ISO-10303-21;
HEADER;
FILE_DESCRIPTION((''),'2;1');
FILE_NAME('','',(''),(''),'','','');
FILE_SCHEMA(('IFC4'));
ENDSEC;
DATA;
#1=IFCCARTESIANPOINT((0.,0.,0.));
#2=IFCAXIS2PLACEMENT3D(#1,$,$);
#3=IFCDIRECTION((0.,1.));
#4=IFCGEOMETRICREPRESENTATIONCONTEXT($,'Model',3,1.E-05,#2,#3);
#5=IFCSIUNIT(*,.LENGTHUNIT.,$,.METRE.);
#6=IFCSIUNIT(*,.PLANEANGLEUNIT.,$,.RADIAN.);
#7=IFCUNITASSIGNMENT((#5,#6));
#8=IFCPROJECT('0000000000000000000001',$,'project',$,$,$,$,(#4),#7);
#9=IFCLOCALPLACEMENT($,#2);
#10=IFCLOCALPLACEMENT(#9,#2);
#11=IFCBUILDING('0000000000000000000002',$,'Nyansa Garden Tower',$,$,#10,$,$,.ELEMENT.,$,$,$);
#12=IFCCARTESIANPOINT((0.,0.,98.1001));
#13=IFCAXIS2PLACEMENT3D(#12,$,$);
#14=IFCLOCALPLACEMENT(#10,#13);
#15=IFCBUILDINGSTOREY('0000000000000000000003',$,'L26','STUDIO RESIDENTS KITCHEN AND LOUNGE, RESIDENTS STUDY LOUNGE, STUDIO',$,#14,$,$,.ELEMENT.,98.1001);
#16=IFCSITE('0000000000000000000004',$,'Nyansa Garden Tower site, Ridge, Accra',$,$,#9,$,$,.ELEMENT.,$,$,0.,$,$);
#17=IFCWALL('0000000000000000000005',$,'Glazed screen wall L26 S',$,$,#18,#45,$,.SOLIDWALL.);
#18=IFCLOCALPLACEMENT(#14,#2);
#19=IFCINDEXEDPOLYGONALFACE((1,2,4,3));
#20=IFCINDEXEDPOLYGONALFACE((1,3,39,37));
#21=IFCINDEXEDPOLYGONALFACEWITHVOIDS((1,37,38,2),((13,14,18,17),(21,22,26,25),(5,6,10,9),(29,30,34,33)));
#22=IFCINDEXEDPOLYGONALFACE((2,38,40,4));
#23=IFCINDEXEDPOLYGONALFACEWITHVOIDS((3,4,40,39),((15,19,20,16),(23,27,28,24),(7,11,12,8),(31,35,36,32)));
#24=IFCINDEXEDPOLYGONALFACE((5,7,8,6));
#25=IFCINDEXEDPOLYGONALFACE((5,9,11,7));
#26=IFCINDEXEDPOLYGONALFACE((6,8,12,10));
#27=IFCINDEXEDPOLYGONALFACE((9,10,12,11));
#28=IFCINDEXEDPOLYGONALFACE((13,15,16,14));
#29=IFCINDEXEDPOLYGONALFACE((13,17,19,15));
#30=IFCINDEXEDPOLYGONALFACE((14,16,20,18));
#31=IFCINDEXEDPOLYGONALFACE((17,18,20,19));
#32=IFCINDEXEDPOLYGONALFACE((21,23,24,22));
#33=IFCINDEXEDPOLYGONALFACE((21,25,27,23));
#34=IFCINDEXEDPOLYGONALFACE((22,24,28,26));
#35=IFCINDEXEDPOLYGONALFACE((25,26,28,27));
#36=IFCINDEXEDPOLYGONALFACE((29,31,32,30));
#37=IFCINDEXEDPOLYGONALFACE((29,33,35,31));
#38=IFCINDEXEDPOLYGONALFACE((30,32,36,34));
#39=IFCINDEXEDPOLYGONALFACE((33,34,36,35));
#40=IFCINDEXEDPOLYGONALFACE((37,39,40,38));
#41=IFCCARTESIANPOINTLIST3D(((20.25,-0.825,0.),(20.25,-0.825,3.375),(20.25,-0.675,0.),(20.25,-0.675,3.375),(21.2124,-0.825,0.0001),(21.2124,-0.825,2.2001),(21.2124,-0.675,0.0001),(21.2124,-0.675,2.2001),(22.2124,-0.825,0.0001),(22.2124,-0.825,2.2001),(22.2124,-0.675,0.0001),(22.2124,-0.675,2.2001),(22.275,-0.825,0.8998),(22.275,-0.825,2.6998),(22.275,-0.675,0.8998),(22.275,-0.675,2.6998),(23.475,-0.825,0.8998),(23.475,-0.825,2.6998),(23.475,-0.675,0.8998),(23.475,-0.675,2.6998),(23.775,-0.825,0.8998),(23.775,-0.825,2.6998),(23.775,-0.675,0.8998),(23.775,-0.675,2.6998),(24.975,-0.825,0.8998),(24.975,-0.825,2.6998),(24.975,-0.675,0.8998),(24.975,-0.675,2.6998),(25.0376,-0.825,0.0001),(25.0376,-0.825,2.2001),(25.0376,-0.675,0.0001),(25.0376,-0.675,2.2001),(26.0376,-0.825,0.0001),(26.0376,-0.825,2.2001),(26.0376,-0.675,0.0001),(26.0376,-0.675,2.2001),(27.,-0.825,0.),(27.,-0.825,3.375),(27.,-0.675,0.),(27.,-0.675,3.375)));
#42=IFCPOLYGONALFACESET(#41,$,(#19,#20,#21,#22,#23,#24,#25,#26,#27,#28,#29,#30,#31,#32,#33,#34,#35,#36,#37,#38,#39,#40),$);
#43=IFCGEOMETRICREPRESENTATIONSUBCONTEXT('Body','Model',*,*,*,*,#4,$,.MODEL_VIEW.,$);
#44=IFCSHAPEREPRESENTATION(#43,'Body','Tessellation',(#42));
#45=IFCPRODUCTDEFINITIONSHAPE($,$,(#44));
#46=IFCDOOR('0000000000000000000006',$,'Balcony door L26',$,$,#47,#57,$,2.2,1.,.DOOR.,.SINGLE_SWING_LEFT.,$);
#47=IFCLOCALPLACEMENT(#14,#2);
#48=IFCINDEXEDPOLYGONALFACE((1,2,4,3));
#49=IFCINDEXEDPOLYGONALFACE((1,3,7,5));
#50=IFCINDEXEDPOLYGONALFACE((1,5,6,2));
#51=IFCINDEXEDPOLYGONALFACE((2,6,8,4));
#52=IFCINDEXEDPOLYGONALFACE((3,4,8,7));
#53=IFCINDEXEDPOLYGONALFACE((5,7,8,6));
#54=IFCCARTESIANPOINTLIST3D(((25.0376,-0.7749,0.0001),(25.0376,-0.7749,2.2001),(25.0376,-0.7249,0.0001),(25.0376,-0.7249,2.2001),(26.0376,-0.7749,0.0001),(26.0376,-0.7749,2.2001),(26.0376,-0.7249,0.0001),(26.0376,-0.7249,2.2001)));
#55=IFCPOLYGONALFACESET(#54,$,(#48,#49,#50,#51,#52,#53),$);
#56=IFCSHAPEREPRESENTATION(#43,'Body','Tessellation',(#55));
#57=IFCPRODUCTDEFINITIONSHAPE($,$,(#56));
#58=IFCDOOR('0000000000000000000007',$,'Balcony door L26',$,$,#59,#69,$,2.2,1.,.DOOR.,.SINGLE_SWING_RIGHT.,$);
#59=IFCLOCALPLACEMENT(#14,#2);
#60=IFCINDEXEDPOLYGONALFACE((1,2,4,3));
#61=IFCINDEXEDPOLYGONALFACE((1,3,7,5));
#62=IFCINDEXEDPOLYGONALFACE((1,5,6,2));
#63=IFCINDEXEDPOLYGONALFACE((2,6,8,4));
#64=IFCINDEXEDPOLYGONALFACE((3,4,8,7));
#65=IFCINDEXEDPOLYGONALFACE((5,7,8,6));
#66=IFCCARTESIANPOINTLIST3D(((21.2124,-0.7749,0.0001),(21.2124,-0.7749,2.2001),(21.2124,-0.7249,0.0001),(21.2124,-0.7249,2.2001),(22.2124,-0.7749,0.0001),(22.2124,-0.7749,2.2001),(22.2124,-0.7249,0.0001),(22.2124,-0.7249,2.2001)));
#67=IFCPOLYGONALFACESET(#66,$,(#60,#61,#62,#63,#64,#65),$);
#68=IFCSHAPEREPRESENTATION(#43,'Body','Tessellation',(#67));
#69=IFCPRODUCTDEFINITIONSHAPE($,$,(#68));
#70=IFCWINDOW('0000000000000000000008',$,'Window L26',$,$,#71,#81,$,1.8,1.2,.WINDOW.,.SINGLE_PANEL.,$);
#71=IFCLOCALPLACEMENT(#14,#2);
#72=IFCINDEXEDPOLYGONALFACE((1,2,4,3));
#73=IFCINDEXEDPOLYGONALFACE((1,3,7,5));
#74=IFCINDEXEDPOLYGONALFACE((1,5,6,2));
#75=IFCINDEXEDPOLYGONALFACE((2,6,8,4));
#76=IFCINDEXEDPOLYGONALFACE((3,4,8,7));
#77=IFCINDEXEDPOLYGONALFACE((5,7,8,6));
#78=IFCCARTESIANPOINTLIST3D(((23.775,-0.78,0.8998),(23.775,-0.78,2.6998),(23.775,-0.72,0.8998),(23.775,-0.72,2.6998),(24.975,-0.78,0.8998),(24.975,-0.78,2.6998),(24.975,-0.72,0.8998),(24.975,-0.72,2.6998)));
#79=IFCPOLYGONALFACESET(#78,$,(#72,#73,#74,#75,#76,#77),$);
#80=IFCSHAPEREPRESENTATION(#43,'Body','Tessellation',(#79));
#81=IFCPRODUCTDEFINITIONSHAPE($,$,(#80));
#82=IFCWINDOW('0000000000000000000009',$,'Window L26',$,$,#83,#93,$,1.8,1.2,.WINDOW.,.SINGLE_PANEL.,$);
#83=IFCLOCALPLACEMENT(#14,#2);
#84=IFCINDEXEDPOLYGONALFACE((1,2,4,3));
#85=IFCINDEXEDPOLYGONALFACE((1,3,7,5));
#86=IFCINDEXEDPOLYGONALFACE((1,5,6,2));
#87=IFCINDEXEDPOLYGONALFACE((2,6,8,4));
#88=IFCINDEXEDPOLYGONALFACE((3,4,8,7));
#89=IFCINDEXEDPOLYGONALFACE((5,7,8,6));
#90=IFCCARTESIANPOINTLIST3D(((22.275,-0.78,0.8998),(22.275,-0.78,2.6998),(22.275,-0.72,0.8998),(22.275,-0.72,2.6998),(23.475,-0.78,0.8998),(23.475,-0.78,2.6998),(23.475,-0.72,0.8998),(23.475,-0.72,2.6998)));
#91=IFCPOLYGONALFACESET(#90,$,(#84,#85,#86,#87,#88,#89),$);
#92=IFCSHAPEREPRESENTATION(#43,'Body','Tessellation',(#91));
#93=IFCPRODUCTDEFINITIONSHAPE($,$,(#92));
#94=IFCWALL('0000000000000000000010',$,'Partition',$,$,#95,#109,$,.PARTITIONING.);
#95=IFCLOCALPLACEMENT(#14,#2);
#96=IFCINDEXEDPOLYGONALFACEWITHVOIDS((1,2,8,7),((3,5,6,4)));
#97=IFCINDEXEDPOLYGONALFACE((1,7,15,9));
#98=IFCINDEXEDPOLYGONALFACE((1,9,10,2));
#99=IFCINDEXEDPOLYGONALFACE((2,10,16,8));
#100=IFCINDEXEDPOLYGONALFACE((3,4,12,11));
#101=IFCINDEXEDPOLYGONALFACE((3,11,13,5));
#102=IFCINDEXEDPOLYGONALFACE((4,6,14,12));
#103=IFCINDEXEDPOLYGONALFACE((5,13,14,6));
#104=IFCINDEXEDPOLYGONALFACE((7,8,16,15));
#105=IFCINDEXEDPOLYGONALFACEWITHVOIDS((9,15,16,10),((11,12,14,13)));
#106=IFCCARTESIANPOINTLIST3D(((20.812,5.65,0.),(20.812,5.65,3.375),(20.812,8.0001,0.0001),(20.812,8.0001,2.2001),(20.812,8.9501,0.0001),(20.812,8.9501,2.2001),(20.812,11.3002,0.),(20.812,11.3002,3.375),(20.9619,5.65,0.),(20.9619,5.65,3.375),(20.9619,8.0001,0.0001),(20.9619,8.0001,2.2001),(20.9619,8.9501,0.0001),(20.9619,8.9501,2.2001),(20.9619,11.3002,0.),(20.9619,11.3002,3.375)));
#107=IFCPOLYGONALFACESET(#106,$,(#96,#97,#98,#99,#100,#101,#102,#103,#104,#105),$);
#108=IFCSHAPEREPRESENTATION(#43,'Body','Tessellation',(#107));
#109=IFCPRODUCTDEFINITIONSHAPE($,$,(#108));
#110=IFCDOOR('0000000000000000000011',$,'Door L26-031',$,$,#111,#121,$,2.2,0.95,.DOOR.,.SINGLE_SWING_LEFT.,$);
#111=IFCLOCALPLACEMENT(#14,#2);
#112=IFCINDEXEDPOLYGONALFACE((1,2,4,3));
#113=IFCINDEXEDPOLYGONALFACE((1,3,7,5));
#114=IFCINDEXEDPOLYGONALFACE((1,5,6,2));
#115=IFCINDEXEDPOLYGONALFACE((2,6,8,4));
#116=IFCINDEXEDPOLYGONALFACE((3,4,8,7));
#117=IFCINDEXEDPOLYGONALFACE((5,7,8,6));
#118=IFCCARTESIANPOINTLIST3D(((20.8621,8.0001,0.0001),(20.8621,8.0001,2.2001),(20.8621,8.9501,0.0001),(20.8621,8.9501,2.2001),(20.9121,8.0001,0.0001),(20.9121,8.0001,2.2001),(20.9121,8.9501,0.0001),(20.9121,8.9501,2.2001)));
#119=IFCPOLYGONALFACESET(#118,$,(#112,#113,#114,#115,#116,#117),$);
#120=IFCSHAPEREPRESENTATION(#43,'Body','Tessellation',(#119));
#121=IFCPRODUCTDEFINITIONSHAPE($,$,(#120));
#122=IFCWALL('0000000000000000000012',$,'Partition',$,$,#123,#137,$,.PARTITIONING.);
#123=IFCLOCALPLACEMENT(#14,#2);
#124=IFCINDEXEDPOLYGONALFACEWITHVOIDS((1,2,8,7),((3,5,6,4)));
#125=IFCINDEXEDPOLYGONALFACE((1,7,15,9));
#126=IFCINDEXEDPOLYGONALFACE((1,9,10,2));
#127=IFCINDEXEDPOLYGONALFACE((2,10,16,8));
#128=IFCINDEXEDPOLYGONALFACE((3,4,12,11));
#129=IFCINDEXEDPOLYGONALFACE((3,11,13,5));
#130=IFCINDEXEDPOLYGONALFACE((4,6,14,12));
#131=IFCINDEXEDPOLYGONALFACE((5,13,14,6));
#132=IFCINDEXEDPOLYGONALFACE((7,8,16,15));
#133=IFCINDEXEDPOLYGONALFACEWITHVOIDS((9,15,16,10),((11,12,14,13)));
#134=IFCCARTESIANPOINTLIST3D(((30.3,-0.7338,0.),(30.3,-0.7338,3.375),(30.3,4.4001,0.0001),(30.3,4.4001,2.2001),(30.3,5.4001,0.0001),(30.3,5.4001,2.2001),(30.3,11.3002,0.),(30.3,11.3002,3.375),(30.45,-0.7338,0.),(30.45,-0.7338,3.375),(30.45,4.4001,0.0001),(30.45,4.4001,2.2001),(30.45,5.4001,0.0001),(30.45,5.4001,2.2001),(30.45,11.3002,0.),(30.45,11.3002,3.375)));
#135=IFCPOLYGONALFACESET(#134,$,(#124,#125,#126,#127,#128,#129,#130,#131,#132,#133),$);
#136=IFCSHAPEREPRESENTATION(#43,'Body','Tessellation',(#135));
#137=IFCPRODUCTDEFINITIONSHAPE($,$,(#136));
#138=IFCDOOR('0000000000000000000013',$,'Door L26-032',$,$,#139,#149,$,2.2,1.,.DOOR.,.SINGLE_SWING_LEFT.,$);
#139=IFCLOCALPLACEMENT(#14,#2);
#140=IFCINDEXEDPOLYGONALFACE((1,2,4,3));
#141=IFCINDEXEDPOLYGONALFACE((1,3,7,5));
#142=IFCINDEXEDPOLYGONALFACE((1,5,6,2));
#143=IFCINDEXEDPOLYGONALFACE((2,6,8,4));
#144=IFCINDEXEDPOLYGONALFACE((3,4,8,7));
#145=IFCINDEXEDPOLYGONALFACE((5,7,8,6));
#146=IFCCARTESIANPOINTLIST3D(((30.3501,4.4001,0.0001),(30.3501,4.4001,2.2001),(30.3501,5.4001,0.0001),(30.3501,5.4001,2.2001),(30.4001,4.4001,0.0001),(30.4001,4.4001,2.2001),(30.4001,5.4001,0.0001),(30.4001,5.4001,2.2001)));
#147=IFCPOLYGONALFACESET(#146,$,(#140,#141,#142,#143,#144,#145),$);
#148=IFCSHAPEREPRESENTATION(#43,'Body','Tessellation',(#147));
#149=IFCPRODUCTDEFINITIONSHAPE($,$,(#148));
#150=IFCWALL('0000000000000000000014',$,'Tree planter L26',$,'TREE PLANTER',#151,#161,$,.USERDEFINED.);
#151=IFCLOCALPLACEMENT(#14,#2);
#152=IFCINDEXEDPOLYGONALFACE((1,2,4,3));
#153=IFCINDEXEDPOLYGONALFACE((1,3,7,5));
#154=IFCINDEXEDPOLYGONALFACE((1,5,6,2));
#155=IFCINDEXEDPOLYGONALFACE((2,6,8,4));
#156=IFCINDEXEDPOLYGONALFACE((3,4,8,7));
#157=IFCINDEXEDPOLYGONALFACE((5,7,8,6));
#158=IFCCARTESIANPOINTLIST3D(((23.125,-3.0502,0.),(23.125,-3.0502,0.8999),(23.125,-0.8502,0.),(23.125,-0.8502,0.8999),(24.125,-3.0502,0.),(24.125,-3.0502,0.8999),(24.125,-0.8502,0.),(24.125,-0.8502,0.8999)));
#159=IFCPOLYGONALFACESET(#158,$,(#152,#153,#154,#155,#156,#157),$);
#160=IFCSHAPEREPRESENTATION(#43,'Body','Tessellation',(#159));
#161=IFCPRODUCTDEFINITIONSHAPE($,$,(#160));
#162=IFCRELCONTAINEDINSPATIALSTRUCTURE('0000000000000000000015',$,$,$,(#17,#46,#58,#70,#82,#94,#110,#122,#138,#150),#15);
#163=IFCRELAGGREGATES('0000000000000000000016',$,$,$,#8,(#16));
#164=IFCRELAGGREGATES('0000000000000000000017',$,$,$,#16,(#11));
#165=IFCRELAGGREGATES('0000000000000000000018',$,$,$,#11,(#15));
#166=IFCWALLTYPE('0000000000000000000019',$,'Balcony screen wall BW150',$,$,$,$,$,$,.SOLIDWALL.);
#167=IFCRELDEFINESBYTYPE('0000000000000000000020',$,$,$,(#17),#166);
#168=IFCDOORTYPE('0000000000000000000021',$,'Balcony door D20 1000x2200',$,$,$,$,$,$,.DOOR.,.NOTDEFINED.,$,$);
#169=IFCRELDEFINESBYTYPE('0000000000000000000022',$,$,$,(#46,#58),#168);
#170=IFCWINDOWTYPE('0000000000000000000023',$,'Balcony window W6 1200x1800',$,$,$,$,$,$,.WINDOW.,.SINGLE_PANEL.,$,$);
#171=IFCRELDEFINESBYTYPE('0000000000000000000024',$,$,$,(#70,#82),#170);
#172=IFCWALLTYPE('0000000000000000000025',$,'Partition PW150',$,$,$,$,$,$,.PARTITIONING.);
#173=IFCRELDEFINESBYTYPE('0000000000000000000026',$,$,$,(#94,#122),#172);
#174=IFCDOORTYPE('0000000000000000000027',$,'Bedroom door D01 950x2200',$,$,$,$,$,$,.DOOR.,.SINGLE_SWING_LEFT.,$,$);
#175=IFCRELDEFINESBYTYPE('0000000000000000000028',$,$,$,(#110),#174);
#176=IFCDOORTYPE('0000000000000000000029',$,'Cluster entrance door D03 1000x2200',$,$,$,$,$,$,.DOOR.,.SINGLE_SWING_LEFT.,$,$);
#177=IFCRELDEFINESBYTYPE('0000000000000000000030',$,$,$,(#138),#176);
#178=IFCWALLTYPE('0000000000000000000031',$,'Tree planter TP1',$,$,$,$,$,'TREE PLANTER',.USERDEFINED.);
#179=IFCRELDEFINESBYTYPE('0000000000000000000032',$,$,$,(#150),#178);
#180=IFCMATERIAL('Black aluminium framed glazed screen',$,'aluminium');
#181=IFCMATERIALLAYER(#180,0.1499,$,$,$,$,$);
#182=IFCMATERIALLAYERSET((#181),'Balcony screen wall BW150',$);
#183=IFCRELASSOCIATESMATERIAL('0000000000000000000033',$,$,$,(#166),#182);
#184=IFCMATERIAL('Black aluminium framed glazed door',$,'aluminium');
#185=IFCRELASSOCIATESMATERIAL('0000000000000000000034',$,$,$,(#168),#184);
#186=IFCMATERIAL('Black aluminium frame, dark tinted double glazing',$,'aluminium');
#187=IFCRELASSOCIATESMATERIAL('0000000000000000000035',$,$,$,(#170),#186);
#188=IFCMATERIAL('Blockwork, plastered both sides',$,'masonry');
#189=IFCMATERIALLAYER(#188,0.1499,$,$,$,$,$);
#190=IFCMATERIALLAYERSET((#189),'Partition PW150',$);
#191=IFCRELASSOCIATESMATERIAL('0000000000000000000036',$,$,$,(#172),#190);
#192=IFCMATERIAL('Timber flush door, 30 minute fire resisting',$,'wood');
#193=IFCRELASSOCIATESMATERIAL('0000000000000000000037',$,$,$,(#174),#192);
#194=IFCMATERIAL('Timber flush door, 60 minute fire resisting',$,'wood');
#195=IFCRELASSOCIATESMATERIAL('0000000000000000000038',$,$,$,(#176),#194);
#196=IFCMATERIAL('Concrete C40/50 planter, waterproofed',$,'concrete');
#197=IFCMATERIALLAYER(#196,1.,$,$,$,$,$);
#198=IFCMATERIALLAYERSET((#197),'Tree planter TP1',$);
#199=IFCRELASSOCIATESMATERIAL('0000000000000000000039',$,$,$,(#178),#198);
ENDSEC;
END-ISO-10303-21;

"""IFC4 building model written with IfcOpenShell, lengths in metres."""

from ifc_helpers import new_model, si_unit, direction, frame, frame_2d, origin, place, context, subcontext, project, spatial, rectangle, extrude, material, layer, layer_set, type_object, element, fill, save


model = new_model("IFC4")

# Units and contexts
model_context = context("Model", 3, precision=1e-05, world=origin(), true_north=direction((0.0, 1.0)))
body_context = subcontext(model_context, "Body", "Model", "MODEL_VIEW")
ifc_project = project(units=[si_unit("LENGTHUNIT", "METRE"), si_unit("PLANEANGLEUNIT", "RADIAN")], contexts=[model_context])

# Site, building, storey
site_placement = place(None, origin())
site = spatial("IfcSite", under=ifc_project, at=site_placement, Name="Nyansa Garden Tower site, Ridge, Accra", CompositionType="ELEMENT", RefElevation=0.0)
building_placement = place(site_placement, origin())
building = spatial("IfcBuilding", under=site, at=building_placement, Name="Nyansa Garden Tower", CompositionType="ELEMENT")
storey_placement = place(building_placement, frame((0.0, 0.0, 98.1001)))
storey = spatial("IfcBuildingStorey", under=building, at=storey_placement, Name="L26", Description="STUDIO RESIDENTS KITCHEN AND LOUNGE, RESIDENTS STUDY LOUNGE, STUDIO", CompositionType="ELEMENT", Elevation=98.1001)

# Wall, openings, doors, windows
ifc_material_1 = material(Name="Black aluminium framed glazed screen", Category="aluminium")
ifc_layer_1 = layer(ifc_material_1, 0.1499)
ifc_layer_set_1 = layer_set([ifc_layer_1], Name="Balcony screen wall BW150")
wall_type_1 = type_object("IfcWallType", Name="Balcony screen wall BW150", PredefinedType="SOLIDWALL", material=ifc_layer_set_1)
wall_1_placement = place(storey_placement, frame((27.0, -0.75, 0.0), z_axis=(0.0, 0.0, 1.0), x_axis=(-1.0, 0.0, 0.0)))
wall_1 = element("IfcWall", 1, at=wall_1_placement, inside=storey, type_object=wall_type_1, Name="Glazed screen wall L26 S", PredefinedType="SOLIDWALL", context=body_context, shape_type="SweptSolid", body=[
    extrude(rectangle(XDim=6.75, YDim=0.1499, at=frame_2d((3.375, 0.0))), origin(), (0.0, 0.0, 1.0), 3.375),
])
opening_1_placement = place(wall_1_placement, frame((0.9624, 0.0, 0.0)))
opening_1 = element("IfcOpeningElement", 2, at=opening_1_placement, cuts=wall_1, PredefinedType="OPENING", context=body_context, shape_type="SweptSolid", body=[
    extrude(rectangle(XDim=1.0, YDim=2.2, at=frame_2d((0.5, 1.1001))), frame((0.0, 0.085, 0.0), z_axis=(0.0, -1.0, 0.0), x_axis=(1.0, 0.0, 0.0)), (0.0, 0.0, 1.0), 0.1699),
])
opening_2_placement = place(wall_1_placement, frame((2.0249, 0.0, 0.8999)))
opening_2 = element("IfcOpeningElement", 3, at=opening_2_placement, cuts=wall_1, PredefinedType="OPENING", context=body_context, shape_type="SweptSolid", body=[
    extrude(rectangle(XDim=1.2, YDim=1.8, at=frame_2d((0.6001, 0.8999))), frame((0.0, 0.085, 0.0), z_axis=(0.0, -1.0, 0.0), x_axis=(1.0, 0.0, 0.0)), (0.0, 0.0, 1.0), 0.1699),
])
opening_3_placement = place(wall_1_placement, frame((4.7876, 0.0, 0.0)))
opening_3 = element("IfcOpeningElement", 4, at=opening_3_placement, cuts=wall_1, PredefinedType="OPENING", context=body_context, shape_type="SweptSolid", body=[
    extrude(rectangle(XDim=1.0, YDim=2.2, at=frame_2d((0.5, 1.1001))), frame((0.0, 0.085, 0.0), z_axis=(0.0, -1.0, 0.0), x_axis=(1.0, 0.0, 0.0)), (0.0, 0.0, 1.0), 0.1699),
])
opening_4_placement = place(wall_1_placement, frame((3.5249, 0.0, 0.8999)))
opening_4 = element("IfcOpeningElement", 5, at=opening_4_placement, cuts=wall_1, PredefinedType="OPENING", context=body_context, shape_type="SweptSolid", body=[
    extrude(rectangle(XDim=1.2, YDim=1.8, at=frame_2d((0.6001, 0.8999))), frame((0.0, 0.085, 0.0), z_axis=(0.0, -1.0, 0.0), x_axis=(1.0, 0.0, 0.0)), (0.0, 0.0, 1.0), 0.1699),
])
ifc_material_2 = material(Name="Black aluminium framed glazed door", Category="aluminium")
door_type_1 = type_object("IfcDoorType", Name="Balcony door D20 1000x2200", OperationType="NOTDEFINED", PredefinedType="DOOR", material=ifc_material_2)
door_1_placement = place(opening_1_placement, origin())
door_1 = element("IfcDoor", 6, at=door_1_placement, inside=storey, type_object=door_type_1, Name="Balcony door L26", OperationType="SINGLE_SWING_LEFT", OverallHeight=2.2, OverallWidth=1.0, PredefinedType="DOOR", context=body_context, shape_type="SweptSolid", body=[
    extrude(rectangle(XDim=1.0, YDim=2.2, at=frame_2d((0.5, 1.1001))), frame((0.0, 0.0249, 0.0), z_axis=(0.0, -1.0, 0.0), x_axis=(1.0, 0.0, 0.0)), (0.0, 0.0, 1.0), 0.05),
])
fill(opening_1, door_1)
door_2_placement = place(opening_3_placement, origin())
door_2 = element("IfcDoor", 7, at=door_2_placement, inside=storey, type_object=door_type_1, Name="Balcony door L26", OperationType="SINGLE_SWING_RIGHT", OverallHeight=2.2, OverallWidth=1.0, PredefinedType="DOOR", context=body_context, shape_type="SweptSolid", body=[
    extrude(rectangle(XDim=1.0, YDim=2.2, at=frame_2d((0.5, 1.1001))), frame((0.0, 0.0249, 0.0), z_axis=(0.0, -1.0, 0.0), x_axis=(1.0, 0.0, 0.0)), (0.0, 0.0, 1.0), 0.05),
])
fill(opening_3, door_2)
ifc_material_3 = material(Name="Black aluminium frame, dark tinted double glazing", Category="aluminium")
window_type = type_object("IfcWindowType", Name="Balcony window W6 1200x1800", PartitioningType="SINGLE_PANEL", PredefinedType="WINDOW", material=ifc_material_3)
window_1_placement = place(opening_2_placement, origin())
window_1 = element("IfcWindow", 8, at=window_1_placement, inside=storey, type_object=window_type, Name="Window L26", OverallHeight=1.8, OverallWidth=1.2, PartitioningType="SINGLE_PANEL", PredefinedType="WINDOW", context=body_context, shape_type="SweptSolid", body=[
    extrude(rectangle(XDim=1.2, YDim=1.8, at=frame_2d((0.6001, 0.8999))), frame((0.0, 0.03, 0.0), z_axis=(0.0, -1.0, 0.0), x_axis=(1.0, 0.0, 0.0)), (0.0, 0.0, 1.0), 0.0601),
])
fill(opening_2, window_1)
window_2_placement = place(opening_4_placement, origin())
window_2 = element("IfcWindow", 9, at=window_2_placement, inside=storey, type_object=window_type, Name="Window L26", OverallHeight=1.8, OverallWidth=1.2, PartitioningType="SINGLE_PANEL", PredefinedType="WINDOW", context=body_context, shape_type="SweptSolid", body=[
    extrude(rectangle(XDim=1.2, YDim=1.8, at=frame_2d((0.6001, 0.8999))), frame((0.0, 0.03, 0.0), z_axis=(0.0, -1.0, 0.0), x_axis=(1.0, 0.0, 0.0)), (0.0, 0.0, 1.0), 0.0601),
])
fill(opening_4, window_2)

# Walls, openings, doors
ifc_material_4 = material(Name="Blockwork, plastered both sides", Category="masonry")
ifc_layer_2 = layer(ifc_material_4, 0.1499)
ifc_layer_set_2 = layer_set([ifc_layer_2], Name="Partition PW150")
wall_type_2 = type_object("IfcWallType", Name="Partition PW150", PredefinedType="PARTITIONING", material=ifc_layer_set_2)
wall_2_placement = place(storey_placement, frame((20.887, 5.6499, 0.0), z_axis=(0.0, 0.0, 1.0), x_axis=(0.0, 1.0, 0.0)))
wall_2 = element("IfcWall", 10, at=wall_2_placement, inside=storey, type_object=wall_type_2, Name="Partition", PredefinedType="PARTITIONING", context=body_context, shape_type="SweptSolid", body=[
    extrude(rectangle(XDim=5.6501, YDim=0.1499, at=frame_2d((2.8252, 0.0))), origin(), (0.0, 0.0, 1.0), 3.375),
])
opening_5_placement = place(wall_2_placement, frame((2.3501, 0.0, 0.0)))
opening_5 = element("IfcOpeningElement", 11, at=opening_5_placement, cuts=wall_2, PredefinedType="OPENING", context=body_context, shape_type="SweptSolid", body=[
    extrude(rectangle(XDim=0.95, YDim=2.2, at=frame_2d((0.4751, 1.1001))), frame((0.0, 0.085, 0.0), z_axis=(0.0, -1.0, 0.0), x_axis=(1.0, 0.0, 0.0)), (0.0, 0.0, 1.0), 0.1699),
])
ifc_material_5 = material(Name="Timber flush door, 30 minute fire resisting", Category="wood")
door_type_2 = type_object("IfcDoorType", Name="Bedroom door D01 950x2200", OperationType="SINGLE_SWING_LEFT", PredefinedType="DOOR", material=ifc_material_5)
door_3_placement = place(opening_5_placement, origin())
door_3 = element("IfcDoor", 12, at=door_3_placement, inside=storey, type_object=door_type_2, Name="Door L26-031", OperationType="SINGLE_SWING_LEFT", OverallHeight=2.2, OverallWidth=0.95, PredefinedType="DOOR", context=body_context, shape_type="SweptSolid", body=[
    extrude(rectangle(XDim=0.95, YDim=2.2, at=frame_2d((0.4751, 1.1001))), frame((0.0, 0.0249, 0.0), z_axis=(0.0, -1.0, 0.0), x_axis=(1.0, 0.0, 0.0)), (0.0, 0.0, 1.0), 0.05),
])
fill(opening_5, door_3)
wall_3_placement = place(storey_placement, frame((30.375, -0.7339, 0.0), z_axis=(0.0, 0.0, 1.0), x_axis=(0.0, 1.0, 0.0)))
wall_3 = element("IfcWall", 13, at=wall_3_placement, inside=storey, type_object=wall_type_2, Name="Partition", PredefinedType="PARTITIONING", context=body_context, shape_type="SweptSolid", body=[
    extrude(rectangle(XDim=12.0339, YDim=0.1499, at=frame_2d((6.0171, 0.0))), origin(), (0.0, 0.0, 1.0), 3.375),
])
opening_6_placement = place(wall_3_placement, frame((5.134, 0.0, 0.0)))
opening_6 = element("IfcOpeningElement", 14, at=opening_6_placement, cuts=wall_3, PredefinedType="OPENING", context=body_context, shape_type="SweptSolid", body=[
    extrude(rectangle(XDim=1.0, YDim=2.2, at=frame_2d((0.5, 1.1001))), frame((0.0, 0.085, 0.0), z_axis=(0.0, -1.0, 0.0), x_axis=(1.0, 0.0, 0.0)), (0.0, 0.0, 1.0), 0.1699),
])
ifc_material_6 = material(Name="Timber flush door, 60 minute fire resisting", Category="wood")
door_type_3 = type_object("IfcDoorType", Name="Cluster entrance door D03 1000x2200", OperationType="SINGLE_SWING_LEFT", PredefinedType="DOOR", material=ifc_material_6)
door_4_placement = place(opening_6_placement, origin())
door_4 = element("IfcDoor", 15, at=door_4_placement, inside=storey, type_object=door_type_3, Name="Door L26-032", OperationType="SINGLE_SWING_LEFT", OverallHeight=2.2, OverallWidth=1.0, PredefinedType="DOOR", context=body_context, shape_type="SweptSolid", body=[
    extrude(rectangle(XDim=1.0, YDim=2.2, at=frame_2d((0.5, 1.1001))), frame((0.0, 0.0249, 0.0), z_axis=(0.0, -1.0, 0.0), x_axis=(1.0, 0.0, 0.0)), (0.0, 0.0, 1.0), 0.05),
])
fill(opening_6, door_4)

# Wall
ifc_material_7 = material(Name="Concrete C40/50 planter, waterproofed", Category="concrete")
ifc_layer_3 = layer(ifc_material_7, 1.0)
ifc_layer_set_3 = layer_set([ifc_layer_3], Name="Tree planter TP1")
wall_type_3 = type_object("IfcWallType", Name="Tree planter TP1", ElementType="TREE PLANTER", PredefinedType="USERDEFINED", material=ifc_layer_set_3)
wall_4_placement = place(storey_placement, frame((23.625, -0.8501, 0.0), z_axis=(0.0, 0.0, 1.0), x_axis=(0.0, -1.0, 0.0)))
element("IfcWall", 16, at=wall_4_placement, inside=storey, type_object=wall_type_3, Name="Tree planter L26", ObjectType="TREE PLANTER", PredefinedType="USERDEFINED", context=body_context, shape_type="SweptSolid", body=[
    extrude(rectangle(XDim=2.2, YDim=1.0, at=frame_2d((1.1001, 0.0))), origin(), (0.0, 0.0, 1.0), 0.8999),
])

save(model, "model.ifc")
